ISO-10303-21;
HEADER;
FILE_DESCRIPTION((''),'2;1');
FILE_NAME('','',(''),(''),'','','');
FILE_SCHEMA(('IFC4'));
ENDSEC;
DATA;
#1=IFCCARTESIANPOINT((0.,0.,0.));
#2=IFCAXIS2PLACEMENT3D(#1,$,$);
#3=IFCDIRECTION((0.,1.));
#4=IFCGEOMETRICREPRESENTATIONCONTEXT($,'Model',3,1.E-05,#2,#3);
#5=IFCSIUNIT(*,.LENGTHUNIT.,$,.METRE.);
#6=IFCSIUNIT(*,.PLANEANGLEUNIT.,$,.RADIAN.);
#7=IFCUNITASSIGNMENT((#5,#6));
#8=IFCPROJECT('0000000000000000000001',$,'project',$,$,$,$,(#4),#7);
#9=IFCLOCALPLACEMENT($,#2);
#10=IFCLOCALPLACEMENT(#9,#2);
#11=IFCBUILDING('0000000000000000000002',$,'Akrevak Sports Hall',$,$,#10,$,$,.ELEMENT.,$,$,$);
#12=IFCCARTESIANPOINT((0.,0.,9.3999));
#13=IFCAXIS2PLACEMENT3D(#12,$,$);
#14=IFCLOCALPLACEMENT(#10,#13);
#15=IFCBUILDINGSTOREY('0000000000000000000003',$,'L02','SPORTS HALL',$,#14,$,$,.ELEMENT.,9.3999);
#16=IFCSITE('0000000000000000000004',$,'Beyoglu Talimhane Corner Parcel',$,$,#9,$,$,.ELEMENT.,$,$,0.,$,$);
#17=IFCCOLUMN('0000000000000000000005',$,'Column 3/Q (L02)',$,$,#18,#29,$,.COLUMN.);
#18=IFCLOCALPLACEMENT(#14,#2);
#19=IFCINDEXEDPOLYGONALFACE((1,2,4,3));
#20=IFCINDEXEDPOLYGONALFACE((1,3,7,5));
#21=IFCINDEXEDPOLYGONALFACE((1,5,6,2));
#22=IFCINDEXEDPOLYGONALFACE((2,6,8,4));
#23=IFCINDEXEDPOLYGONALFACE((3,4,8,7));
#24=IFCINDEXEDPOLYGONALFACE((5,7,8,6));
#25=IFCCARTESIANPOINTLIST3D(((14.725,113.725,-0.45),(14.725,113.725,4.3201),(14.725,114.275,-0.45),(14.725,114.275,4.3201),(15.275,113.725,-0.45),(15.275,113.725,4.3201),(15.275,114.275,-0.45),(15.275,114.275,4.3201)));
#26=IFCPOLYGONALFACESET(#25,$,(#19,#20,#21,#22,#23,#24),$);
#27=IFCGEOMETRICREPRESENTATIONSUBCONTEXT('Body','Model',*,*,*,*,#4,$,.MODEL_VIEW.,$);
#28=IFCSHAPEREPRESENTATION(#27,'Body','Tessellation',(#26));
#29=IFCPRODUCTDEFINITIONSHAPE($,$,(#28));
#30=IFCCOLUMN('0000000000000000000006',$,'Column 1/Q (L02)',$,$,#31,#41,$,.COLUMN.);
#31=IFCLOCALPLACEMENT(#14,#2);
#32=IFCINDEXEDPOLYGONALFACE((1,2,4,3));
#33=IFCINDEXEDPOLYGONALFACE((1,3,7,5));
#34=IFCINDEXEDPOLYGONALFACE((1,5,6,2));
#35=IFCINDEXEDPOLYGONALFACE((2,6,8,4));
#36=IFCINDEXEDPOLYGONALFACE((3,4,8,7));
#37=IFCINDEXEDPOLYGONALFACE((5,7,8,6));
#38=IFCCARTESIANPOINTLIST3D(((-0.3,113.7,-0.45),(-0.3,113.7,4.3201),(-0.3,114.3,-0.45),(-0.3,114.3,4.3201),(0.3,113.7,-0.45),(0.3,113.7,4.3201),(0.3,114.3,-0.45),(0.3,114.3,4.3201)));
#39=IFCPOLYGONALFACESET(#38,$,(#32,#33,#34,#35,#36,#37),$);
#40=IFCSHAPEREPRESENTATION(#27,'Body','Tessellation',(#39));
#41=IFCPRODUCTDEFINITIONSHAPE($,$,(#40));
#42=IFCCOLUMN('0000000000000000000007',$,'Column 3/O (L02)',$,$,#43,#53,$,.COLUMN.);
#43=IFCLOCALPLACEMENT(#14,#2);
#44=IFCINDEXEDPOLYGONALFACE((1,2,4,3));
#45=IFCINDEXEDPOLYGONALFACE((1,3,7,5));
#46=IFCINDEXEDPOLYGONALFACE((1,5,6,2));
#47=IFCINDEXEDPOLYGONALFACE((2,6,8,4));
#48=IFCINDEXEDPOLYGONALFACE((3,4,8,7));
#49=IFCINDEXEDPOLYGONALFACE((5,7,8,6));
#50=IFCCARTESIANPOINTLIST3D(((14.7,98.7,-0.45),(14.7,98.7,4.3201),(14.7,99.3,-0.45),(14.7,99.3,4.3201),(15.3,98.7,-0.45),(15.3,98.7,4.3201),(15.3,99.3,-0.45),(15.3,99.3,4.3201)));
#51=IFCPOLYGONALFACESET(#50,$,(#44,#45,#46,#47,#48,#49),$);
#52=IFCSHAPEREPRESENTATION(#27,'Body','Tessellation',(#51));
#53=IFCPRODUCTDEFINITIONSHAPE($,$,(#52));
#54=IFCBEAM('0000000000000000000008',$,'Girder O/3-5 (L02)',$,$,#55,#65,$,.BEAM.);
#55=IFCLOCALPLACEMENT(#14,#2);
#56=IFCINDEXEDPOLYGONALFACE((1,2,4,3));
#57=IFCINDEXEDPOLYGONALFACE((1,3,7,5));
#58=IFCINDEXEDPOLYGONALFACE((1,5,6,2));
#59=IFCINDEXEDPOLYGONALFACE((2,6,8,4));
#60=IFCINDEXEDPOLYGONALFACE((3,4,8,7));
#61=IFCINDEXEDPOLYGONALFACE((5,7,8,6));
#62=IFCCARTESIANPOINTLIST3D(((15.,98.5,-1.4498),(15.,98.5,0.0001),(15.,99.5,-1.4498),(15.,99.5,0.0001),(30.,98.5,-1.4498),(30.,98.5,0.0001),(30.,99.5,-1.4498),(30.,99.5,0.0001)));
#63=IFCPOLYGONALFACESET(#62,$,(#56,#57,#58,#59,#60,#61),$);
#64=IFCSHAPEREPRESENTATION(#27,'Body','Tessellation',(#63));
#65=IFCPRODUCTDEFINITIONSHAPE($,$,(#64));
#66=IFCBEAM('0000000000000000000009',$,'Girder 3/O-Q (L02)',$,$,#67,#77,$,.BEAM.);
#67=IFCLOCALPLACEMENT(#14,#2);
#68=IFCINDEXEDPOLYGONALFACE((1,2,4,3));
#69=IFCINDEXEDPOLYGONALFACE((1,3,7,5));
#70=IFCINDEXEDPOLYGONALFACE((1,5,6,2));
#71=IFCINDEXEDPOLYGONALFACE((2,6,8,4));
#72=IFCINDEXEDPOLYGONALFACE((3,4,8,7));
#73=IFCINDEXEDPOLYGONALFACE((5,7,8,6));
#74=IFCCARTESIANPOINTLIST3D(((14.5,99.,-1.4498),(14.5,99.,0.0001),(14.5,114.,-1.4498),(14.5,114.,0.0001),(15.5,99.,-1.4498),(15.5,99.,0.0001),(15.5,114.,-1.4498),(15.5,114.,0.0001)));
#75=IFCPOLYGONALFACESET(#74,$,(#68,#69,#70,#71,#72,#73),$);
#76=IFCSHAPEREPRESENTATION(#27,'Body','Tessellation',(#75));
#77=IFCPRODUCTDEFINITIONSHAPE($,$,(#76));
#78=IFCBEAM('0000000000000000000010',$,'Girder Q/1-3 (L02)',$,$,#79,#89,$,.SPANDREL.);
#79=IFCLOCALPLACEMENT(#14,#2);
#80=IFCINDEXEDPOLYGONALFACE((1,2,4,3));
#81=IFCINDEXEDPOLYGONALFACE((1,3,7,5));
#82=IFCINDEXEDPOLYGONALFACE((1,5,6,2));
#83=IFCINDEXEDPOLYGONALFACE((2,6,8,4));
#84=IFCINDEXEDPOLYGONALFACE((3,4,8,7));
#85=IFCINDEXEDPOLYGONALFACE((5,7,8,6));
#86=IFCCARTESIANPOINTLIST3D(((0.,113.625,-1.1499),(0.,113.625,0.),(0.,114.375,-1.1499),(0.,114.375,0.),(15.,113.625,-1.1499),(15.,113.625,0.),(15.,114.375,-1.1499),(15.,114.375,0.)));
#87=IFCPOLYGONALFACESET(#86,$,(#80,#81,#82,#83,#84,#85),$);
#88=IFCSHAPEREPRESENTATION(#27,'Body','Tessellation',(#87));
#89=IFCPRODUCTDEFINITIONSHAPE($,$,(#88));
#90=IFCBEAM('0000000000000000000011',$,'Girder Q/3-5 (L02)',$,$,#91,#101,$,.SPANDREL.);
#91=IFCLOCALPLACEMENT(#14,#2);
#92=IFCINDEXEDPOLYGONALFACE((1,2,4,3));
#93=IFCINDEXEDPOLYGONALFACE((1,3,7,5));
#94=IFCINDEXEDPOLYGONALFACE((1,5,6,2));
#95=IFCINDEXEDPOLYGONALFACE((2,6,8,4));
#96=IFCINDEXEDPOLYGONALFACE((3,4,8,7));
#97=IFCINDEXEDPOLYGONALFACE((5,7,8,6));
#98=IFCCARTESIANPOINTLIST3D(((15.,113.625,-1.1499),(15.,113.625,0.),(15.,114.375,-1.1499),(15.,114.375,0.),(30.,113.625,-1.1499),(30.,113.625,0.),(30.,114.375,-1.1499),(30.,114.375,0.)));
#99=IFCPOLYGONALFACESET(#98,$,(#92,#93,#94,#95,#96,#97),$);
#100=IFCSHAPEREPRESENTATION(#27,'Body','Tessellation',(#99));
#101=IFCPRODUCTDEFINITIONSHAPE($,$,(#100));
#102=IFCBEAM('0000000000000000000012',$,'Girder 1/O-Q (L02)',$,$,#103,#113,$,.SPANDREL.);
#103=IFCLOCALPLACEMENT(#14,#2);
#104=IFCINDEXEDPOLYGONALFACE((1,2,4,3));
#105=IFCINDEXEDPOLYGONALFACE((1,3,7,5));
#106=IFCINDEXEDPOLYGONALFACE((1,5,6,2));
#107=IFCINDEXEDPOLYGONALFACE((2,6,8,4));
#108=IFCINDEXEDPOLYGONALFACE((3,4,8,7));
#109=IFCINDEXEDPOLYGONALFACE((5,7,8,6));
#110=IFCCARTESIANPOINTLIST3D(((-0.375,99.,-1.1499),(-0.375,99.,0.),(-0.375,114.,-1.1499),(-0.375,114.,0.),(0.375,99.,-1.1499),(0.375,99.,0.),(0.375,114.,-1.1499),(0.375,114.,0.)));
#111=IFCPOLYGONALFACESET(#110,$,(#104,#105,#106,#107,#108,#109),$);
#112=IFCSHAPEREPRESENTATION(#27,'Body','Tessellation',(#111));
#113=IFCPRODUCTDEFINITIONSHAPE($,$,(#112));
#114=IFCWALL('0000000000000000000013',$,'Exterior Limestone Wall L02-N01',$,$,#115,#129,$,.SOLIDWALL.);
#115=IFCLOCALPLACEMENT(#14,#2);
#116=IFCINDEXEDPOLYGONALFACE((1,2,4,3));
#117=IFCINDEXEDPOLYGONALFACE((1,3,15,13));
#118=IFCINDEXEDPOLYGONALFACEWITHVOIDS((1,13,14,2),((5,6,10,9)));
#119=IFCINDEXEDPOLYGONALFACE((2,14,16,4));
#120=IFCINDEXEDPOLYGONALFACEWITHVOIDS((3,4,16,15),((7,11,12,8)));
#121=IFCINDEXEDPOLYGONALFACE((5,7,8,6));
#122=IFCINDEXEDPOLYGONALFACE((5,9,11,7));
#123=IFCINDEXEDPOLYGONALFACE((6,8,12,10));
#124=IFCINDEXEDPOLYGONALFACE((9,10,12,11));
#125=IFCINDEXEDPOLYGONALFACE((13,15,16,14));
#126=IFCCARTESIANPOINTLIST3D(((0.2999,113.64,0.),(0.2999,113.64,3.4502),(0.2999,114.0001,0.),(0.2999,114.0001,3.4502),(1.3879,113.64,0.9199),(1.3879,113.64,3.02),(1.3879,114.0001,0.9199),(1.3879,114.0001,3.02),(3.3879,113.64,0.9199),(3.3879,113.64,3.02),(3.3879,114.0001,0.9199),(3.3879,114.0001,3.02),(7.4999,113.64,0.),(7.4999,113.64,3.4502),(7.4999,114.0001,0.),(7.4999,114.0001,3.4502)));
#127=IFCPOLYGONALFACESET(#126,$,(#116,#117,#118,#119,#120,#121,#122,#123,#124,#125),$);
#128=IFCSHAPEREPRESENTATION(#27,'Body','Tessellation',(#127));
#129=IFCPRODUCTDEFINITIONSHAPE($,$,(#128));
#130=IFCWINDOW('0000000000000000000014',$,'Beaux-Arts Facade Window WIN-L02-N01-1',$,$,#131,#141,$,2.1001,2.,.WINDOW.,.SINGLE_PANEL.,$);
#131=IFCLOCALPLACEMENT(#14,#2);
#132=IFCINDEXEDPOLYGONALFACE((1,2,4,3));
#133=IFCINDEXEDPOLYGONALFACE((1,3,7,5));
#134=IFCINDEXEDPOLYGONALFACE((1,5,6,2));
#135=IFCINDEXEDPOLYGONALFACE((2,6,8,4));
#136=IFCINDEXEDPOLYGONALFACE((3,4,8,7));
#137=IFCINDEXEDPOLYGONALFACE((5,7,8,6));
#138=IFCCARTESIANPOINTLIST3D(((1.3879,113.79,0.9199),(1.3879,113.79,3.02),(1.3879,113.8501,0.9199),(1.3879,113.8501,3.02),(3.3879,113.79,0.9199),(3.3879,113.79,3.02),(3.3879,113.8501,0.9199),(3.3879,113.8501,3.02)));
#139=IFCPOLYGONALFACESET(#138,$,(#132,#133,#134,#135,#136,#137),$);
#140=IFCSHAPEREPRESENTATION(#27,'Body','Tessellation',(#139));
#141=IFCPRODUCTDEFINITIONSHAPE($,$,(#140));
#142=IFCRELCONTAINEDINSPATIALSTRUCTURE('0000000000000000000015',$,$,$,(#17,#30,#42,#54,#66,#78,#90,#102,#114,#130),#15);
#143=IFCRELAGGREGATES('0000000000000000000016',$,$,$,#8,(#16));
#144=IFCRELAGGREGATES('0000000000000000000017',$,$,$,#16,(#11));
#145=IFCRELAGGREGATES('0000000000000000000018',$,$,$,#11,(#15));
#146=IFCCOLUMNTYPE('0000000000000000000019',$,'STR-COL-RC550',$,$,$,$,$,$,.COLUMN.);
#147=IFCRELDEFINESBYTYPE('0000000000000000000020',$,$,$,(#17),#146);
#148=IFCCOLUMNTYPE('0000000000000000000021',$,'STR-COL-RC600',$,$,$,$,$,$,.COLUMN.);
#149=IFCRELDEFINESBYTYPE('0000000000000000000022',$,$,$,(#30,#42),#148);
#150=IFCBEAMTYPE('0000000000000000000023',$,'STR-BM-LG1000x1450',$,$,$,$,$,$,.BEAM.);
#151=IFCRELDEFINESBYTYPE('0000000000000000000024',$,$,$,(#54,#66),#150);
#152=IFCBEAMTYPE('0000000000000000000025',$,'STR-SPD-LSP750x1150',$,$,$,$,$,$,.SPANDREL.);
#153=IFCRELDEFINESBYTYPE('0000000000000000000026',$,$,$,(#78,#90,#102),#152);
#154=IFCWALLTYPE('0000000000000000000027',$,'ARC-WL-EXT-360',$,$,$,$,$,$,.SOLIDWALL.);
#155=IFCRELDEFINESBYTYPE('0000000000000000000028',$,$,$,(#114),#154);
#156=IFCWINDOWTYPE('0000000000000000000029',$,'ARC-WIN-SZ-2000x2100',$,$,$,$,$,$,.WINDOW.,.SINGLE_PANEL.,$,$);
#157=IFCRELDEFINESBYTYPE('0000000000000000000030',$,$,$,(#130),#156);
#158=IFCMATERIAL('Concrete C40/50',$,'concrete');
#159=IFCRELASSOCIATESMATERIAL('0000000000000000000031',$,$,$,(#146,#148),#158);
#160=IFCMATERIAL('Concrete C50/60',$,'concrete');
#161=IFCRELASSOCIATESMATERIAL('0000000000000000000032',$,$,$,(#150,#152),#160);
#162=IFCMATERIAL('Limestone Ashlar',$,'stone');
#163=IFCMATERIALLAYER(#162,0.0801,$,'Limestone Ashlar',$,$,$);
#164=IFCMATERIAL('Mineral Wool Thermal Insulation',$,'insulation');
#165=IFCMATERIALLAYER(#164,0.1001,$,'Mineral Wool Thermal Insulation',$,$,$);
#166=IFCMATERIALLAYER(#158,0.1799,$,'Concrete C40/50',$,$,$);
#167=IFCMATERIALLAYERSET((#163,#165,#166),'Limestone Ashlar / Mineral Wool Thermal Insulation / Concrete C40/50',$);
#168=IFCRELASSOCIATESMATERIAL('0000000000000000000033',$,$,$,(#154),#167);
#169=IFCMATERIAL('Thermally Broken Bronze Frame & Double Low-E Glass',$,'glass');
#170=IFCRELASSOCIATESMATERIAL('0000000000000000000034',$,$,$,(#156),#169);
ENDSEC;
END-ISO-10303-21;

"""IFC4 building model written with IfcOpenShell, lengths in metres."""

from ifc_helpers import new_model, si_unit, direction, frame, frame_2d, origin, origin_2d, place, context, subcontext, project, spatial, rectangle, extrude, material, layer, layer_set, material_profile, profile_set, type_object, element, fill, save


model = new_model("IFC4")

# Units and contexts
model_context = context("Model", 3, precision=1e-05, world=origin(), true_north=direction((0.0, 1.0)))
body_context = subcontext(model_context, "Body", "Model", "MODEL_VIEW")
ifc_project = project(units=[si_unit("LENGTHUNIT", "METRE"), si_unit("PLANEANGLEUNIT", "RADIAN")], contexts=[model_context])

# Site, building, storey
site_placement = place(None, origin())
site = spatial("IfcSite", under=ifc_project, at=site_placement, Name="Beyoglu Talimhane Corner Parcel", CompositionType="ELEMENT", RefElevation=0.0)
building_placement = place(site_placement, origin())
building = spatial("IfcBuilding", under=site, at=building_placement, Name="Akrevak Sports Hall", CompositionType="ELEMENT")
storey_placement = place(building_placement, frame((0.0, 0.0, 9.3999)))
storey = spatial("IfcBuildingStorey", under=building, at=storey_placement, Name="L02", Description="SPORTS HALL", CompositionType="ELEMENT", Elevation=9.3999)

# Columns
ifc_material_1 = material(Name="Concrete C40/50", Category="concrete")
ifc_material_profile_1 = material_profile(ifc_material_1, rectangle(XDim=0.55, YDim=0.55, at=origin_2d()), Name="RC 550x550", Category="concrete")
ifc_profile_set_1 = profile_set([ifc_material_profile_1], Name="Concrete C40/50")
column_type_1 = type_object("IfcColumnType", Name="STR-COL-RC550", PredefinedType="COLUMN", material=ifc_profile_set_1)
column_placement = place(storey_placement, frame((15.0, 114.0, -0.45), z_axis=(0.0, 0.0, 1.0), x_axis=(1.0, 0.0, 0.0)))
element("IfcColumn", 1, at=column_placement, inside=storey, type_object=column_type_1, Name="Column 3/Q (L02)", PredefinedType="COLUMN", context=body_context, shape_type="SweptSolid", body=[
    extrude(rectangle(XDim=0.55, YDim=0.55, at=origin_2d()), origin(), (0.0, 0.0, 1.0), 4.77),
])
ifc_material_profile_2 = material_profile(ifc_material_1, rectangle(XDim=0.6001, YDim=0.6001, at=origin_2d()), Name="RC 600x600", Category="concrete")
ifc_profile_set_2 = profile_set([ifc_material_profile_2], Name="Concrete C40/50")
column_type_2 = type_object("IfcColumnType", Name="STR-COL-RC600", PredefinedType="COLUMN", material=ifc_profile_set_2)
for number, where, z_axis, x_axis, name in (
    (2, (0.0, 114.0, -0.45), (0.0, 0.0, 1.0), (1.0, 0.0, 0.0), "Column 1/Q (L02)"),
    (3, (15.0, 99.0, -0.45), (0.0, 0.0, 1.0), (1.0, 0.0, 0.0), "Column 3/O (L02)"),
):
    element("IfcColumn", number, at=place(storey_placement, frame(where, z_axis=z_axis, x_axis=x_axis)), inside=storey, type_object=column_type_2, Name=name, PredefinedType="COLUMN", context=body_context, shape_type="SweptSolid", body=[
        extrude(rectangle(XDim=0.6001, YDim=0.6001, at=origin_2d()), origin(), (0.0, 0.0, 1.0), 4.77),
    ])

# Beams
ifc_material_2 = material(Name="Concrete C50/60", Category="concrete")
ifc_material_profile_3 = material_profile(ifc_material_2, rectangle(XDim=1.0, YDim=1.45, at=origin_2d()), Name="BM 1000x1450", Category="concrete")
ifc_profile_set_3 = profile_set([ifc_material_profile_3], Name="Concrete C50/60")
beam_type_1 = type_object("IfcBeamType", Name="STR-BM-LG1000x1450", PredefinedType="BEAM", material=ifc_profile_set_3)
for number, where, z_axis, x_axis, name in (
    (4, (15.0, 99.0, -0.7249), (1.0, 0.0, 0.0), (0.0, 1.0, 0.0), "Girder O/3-5 (L02)"),
    (5, (15.0, 99.0, -0.7249), (0.0, 1.0, 0.0), (-1.0, 0.0, 0.0), "Girder 3/O-Q (L02)"),
):
    element("IfcBeam", number, at=place(storey_placement, frame(where, z_axis=z_axis, x_axis=x_axis)), inside=storey, type_object=beam_type_1, Name=name, PredefinedType="BEAM", context=body_context, shape_type="SweptSolid", body=[
        extrude(rectangle(XDim=1.0, YDim=1.45, at=origin_2d()), origin(), (0.0, 0.0, 1.0), 15.0),
    ])
ifc_material_profile_4 = material_profile(ifc_material_2, rectangle(XDim=0.75, YDim=1.1499, at=origin_2d()), Name="SPD 750x1150", Category="concrete")
ifc_profile_set_4 = profile_set([ifc_material_profile_4], Name="Concrete C50/60")
beam_type_2 = type_object("IfcBeamType", Name="STR-SPD-LSP750x1150", PredefinedType="SPANDREL", material=ifc_profile_set_4)
for number, where, z_axis, x_axis, name in (
    (6, (0.0, 114.0, -0.575), (1.0, 0.0, 0.0), (0.0, 1.0, 0.0), "Girder Q/1-3 (L02)"),
    (7, (15.0, 114.0, -0.575), (1.0, 0.0, 0.0), (0.0, 1.0, 0.0), "Girder Q/3-5 (L02)"),
    (8, (0.0, 99.0, -0.575), (0.0, 1.0, 0.0), (-1.0, 0.0, 0.0), "Girder 1/O-Q (L02)"),
):
    element("IfcBeam", number, at=place(storey_placement, frame(where, z_axis=z_axis, x_axis=x_axis)), inside=storey, type_object=beam_type_2, Name=name, PredefinedType="SPANDREL", context=body_context, shape_type="SweptSolid", body=[
        extrude(rectangle(XDim=0.75, YDim=1.1499, at=origin_2d()), origin(), (0.0, 0.0, 1.0), 15.0),
    ])

# Wall, opening, window
ifc_material_3 = material(Name="Limestone Ashlar", Category="stone")
ifc_layer_1 = layer(ifc_material_3, 0.0801, Name="Limestone Ashlar")
ifc_material_4 = material(Name="Mineral Wool Thermal Insulation", Category="insulation")
ifc_layer_2 = layer(ifc_material_4, 0.1001, Name="Mineral Wool Thermal Insulation")
ifc_layer_3 = layer(ifc_material_1, 0.1799, Name="Concrete C40/50")
ifc_layer_set_1 = layer_set([ifc_layer_1, ifc_layer_2, ifc_layer_3], Name="Limestone Ashlar / Mineral Wool Thermal Insulation / Concrete C40/50")
wall_type_1 = type_object("IfcWallType", Name="ARC-WL-EXT-360", PredefinedType="SOLIDWALL", material=ifc_layer_set_1)
wall_1_placement = place(storey_placement, frame((7.5, 113.8201, 0.0), z_axis=(0.0, 0.0, 1.0), x_axis=(-1.0, 0.0, 0.0)))
wall_1 = element("IfcWall", 9, at=wall_1_placement, inside=storey, type_object=wall_type_1, Name="Exterior Limestone Wall L02-N01", PredefinedType="SOLIDWALL", context=body_context, shape_type="SweptSolid", body=[
    extrude(rectangle(XDim=7.2, YDim=0.3601, at=frame_2d((3.6001, 0.0))), origin(), (0.0, 0.0, 1.0), 3.4502),
])
opening_1_placement = place(wall_1_placement, frame((4.1121, 0.0, 0.9199)))
opening_1 = element("IfcOpeningElement", 10, at=opening_1_placement, cuts=wall_1, PredefinedType="OPENING", context=body_context, shape_type="SweptSolid", body=[
    extrude(rectangle(XDim=2.0, YDim=2.1001, at=frame_2d((1.0, 1.05))), frame((0.0, 0.1919, 0.0), z_axis=(0.0, -1.0, 0.0), x_axis=(1.0, 0.0, 0.0)), (0.0, 0.0, 1.0), 0.384),
])
ifc_material_5 = material(Name="Thermally Broken Bronze Frame & Double Low-E Glass", Category="glass")
window_type_1 = type_object("IfcWindowType", Name="ARC-WIN-SZ-2000x2100", PartitioningType="SINGLE_PANEL", PredefinedType="WINDOW", material=ifc_material_5)
window_1_placement = place(opening_1_placement, origin())
window_1 = element("IfcWindow", 11, at=window_1_placement, inside=storey, type_object=window_type_1, Name="Beaux-Arts Facade Window WIN-L02-N01-1", OverallHeight=2.1001, OverallWidth=2.0, PartitioningType="SINGLE_PANEL", PredefinedType="WINDOW", context=body_context, shape_type="SweptSolid", body=[
    extrude(rectangle(XDim=2.0, YDim=2.1001, at=frame_2d((1.0, 1.05))), frame((0.0, 0.03, 0.0), z_axis=(0.0, -1.0, 0.0), x_axis=(1.0, 0.0, 0.0)), (0.0, 0.0, 1.0), 0.0601),
])
fill(opening_1, window_1)

save(model, "model.ifc")
